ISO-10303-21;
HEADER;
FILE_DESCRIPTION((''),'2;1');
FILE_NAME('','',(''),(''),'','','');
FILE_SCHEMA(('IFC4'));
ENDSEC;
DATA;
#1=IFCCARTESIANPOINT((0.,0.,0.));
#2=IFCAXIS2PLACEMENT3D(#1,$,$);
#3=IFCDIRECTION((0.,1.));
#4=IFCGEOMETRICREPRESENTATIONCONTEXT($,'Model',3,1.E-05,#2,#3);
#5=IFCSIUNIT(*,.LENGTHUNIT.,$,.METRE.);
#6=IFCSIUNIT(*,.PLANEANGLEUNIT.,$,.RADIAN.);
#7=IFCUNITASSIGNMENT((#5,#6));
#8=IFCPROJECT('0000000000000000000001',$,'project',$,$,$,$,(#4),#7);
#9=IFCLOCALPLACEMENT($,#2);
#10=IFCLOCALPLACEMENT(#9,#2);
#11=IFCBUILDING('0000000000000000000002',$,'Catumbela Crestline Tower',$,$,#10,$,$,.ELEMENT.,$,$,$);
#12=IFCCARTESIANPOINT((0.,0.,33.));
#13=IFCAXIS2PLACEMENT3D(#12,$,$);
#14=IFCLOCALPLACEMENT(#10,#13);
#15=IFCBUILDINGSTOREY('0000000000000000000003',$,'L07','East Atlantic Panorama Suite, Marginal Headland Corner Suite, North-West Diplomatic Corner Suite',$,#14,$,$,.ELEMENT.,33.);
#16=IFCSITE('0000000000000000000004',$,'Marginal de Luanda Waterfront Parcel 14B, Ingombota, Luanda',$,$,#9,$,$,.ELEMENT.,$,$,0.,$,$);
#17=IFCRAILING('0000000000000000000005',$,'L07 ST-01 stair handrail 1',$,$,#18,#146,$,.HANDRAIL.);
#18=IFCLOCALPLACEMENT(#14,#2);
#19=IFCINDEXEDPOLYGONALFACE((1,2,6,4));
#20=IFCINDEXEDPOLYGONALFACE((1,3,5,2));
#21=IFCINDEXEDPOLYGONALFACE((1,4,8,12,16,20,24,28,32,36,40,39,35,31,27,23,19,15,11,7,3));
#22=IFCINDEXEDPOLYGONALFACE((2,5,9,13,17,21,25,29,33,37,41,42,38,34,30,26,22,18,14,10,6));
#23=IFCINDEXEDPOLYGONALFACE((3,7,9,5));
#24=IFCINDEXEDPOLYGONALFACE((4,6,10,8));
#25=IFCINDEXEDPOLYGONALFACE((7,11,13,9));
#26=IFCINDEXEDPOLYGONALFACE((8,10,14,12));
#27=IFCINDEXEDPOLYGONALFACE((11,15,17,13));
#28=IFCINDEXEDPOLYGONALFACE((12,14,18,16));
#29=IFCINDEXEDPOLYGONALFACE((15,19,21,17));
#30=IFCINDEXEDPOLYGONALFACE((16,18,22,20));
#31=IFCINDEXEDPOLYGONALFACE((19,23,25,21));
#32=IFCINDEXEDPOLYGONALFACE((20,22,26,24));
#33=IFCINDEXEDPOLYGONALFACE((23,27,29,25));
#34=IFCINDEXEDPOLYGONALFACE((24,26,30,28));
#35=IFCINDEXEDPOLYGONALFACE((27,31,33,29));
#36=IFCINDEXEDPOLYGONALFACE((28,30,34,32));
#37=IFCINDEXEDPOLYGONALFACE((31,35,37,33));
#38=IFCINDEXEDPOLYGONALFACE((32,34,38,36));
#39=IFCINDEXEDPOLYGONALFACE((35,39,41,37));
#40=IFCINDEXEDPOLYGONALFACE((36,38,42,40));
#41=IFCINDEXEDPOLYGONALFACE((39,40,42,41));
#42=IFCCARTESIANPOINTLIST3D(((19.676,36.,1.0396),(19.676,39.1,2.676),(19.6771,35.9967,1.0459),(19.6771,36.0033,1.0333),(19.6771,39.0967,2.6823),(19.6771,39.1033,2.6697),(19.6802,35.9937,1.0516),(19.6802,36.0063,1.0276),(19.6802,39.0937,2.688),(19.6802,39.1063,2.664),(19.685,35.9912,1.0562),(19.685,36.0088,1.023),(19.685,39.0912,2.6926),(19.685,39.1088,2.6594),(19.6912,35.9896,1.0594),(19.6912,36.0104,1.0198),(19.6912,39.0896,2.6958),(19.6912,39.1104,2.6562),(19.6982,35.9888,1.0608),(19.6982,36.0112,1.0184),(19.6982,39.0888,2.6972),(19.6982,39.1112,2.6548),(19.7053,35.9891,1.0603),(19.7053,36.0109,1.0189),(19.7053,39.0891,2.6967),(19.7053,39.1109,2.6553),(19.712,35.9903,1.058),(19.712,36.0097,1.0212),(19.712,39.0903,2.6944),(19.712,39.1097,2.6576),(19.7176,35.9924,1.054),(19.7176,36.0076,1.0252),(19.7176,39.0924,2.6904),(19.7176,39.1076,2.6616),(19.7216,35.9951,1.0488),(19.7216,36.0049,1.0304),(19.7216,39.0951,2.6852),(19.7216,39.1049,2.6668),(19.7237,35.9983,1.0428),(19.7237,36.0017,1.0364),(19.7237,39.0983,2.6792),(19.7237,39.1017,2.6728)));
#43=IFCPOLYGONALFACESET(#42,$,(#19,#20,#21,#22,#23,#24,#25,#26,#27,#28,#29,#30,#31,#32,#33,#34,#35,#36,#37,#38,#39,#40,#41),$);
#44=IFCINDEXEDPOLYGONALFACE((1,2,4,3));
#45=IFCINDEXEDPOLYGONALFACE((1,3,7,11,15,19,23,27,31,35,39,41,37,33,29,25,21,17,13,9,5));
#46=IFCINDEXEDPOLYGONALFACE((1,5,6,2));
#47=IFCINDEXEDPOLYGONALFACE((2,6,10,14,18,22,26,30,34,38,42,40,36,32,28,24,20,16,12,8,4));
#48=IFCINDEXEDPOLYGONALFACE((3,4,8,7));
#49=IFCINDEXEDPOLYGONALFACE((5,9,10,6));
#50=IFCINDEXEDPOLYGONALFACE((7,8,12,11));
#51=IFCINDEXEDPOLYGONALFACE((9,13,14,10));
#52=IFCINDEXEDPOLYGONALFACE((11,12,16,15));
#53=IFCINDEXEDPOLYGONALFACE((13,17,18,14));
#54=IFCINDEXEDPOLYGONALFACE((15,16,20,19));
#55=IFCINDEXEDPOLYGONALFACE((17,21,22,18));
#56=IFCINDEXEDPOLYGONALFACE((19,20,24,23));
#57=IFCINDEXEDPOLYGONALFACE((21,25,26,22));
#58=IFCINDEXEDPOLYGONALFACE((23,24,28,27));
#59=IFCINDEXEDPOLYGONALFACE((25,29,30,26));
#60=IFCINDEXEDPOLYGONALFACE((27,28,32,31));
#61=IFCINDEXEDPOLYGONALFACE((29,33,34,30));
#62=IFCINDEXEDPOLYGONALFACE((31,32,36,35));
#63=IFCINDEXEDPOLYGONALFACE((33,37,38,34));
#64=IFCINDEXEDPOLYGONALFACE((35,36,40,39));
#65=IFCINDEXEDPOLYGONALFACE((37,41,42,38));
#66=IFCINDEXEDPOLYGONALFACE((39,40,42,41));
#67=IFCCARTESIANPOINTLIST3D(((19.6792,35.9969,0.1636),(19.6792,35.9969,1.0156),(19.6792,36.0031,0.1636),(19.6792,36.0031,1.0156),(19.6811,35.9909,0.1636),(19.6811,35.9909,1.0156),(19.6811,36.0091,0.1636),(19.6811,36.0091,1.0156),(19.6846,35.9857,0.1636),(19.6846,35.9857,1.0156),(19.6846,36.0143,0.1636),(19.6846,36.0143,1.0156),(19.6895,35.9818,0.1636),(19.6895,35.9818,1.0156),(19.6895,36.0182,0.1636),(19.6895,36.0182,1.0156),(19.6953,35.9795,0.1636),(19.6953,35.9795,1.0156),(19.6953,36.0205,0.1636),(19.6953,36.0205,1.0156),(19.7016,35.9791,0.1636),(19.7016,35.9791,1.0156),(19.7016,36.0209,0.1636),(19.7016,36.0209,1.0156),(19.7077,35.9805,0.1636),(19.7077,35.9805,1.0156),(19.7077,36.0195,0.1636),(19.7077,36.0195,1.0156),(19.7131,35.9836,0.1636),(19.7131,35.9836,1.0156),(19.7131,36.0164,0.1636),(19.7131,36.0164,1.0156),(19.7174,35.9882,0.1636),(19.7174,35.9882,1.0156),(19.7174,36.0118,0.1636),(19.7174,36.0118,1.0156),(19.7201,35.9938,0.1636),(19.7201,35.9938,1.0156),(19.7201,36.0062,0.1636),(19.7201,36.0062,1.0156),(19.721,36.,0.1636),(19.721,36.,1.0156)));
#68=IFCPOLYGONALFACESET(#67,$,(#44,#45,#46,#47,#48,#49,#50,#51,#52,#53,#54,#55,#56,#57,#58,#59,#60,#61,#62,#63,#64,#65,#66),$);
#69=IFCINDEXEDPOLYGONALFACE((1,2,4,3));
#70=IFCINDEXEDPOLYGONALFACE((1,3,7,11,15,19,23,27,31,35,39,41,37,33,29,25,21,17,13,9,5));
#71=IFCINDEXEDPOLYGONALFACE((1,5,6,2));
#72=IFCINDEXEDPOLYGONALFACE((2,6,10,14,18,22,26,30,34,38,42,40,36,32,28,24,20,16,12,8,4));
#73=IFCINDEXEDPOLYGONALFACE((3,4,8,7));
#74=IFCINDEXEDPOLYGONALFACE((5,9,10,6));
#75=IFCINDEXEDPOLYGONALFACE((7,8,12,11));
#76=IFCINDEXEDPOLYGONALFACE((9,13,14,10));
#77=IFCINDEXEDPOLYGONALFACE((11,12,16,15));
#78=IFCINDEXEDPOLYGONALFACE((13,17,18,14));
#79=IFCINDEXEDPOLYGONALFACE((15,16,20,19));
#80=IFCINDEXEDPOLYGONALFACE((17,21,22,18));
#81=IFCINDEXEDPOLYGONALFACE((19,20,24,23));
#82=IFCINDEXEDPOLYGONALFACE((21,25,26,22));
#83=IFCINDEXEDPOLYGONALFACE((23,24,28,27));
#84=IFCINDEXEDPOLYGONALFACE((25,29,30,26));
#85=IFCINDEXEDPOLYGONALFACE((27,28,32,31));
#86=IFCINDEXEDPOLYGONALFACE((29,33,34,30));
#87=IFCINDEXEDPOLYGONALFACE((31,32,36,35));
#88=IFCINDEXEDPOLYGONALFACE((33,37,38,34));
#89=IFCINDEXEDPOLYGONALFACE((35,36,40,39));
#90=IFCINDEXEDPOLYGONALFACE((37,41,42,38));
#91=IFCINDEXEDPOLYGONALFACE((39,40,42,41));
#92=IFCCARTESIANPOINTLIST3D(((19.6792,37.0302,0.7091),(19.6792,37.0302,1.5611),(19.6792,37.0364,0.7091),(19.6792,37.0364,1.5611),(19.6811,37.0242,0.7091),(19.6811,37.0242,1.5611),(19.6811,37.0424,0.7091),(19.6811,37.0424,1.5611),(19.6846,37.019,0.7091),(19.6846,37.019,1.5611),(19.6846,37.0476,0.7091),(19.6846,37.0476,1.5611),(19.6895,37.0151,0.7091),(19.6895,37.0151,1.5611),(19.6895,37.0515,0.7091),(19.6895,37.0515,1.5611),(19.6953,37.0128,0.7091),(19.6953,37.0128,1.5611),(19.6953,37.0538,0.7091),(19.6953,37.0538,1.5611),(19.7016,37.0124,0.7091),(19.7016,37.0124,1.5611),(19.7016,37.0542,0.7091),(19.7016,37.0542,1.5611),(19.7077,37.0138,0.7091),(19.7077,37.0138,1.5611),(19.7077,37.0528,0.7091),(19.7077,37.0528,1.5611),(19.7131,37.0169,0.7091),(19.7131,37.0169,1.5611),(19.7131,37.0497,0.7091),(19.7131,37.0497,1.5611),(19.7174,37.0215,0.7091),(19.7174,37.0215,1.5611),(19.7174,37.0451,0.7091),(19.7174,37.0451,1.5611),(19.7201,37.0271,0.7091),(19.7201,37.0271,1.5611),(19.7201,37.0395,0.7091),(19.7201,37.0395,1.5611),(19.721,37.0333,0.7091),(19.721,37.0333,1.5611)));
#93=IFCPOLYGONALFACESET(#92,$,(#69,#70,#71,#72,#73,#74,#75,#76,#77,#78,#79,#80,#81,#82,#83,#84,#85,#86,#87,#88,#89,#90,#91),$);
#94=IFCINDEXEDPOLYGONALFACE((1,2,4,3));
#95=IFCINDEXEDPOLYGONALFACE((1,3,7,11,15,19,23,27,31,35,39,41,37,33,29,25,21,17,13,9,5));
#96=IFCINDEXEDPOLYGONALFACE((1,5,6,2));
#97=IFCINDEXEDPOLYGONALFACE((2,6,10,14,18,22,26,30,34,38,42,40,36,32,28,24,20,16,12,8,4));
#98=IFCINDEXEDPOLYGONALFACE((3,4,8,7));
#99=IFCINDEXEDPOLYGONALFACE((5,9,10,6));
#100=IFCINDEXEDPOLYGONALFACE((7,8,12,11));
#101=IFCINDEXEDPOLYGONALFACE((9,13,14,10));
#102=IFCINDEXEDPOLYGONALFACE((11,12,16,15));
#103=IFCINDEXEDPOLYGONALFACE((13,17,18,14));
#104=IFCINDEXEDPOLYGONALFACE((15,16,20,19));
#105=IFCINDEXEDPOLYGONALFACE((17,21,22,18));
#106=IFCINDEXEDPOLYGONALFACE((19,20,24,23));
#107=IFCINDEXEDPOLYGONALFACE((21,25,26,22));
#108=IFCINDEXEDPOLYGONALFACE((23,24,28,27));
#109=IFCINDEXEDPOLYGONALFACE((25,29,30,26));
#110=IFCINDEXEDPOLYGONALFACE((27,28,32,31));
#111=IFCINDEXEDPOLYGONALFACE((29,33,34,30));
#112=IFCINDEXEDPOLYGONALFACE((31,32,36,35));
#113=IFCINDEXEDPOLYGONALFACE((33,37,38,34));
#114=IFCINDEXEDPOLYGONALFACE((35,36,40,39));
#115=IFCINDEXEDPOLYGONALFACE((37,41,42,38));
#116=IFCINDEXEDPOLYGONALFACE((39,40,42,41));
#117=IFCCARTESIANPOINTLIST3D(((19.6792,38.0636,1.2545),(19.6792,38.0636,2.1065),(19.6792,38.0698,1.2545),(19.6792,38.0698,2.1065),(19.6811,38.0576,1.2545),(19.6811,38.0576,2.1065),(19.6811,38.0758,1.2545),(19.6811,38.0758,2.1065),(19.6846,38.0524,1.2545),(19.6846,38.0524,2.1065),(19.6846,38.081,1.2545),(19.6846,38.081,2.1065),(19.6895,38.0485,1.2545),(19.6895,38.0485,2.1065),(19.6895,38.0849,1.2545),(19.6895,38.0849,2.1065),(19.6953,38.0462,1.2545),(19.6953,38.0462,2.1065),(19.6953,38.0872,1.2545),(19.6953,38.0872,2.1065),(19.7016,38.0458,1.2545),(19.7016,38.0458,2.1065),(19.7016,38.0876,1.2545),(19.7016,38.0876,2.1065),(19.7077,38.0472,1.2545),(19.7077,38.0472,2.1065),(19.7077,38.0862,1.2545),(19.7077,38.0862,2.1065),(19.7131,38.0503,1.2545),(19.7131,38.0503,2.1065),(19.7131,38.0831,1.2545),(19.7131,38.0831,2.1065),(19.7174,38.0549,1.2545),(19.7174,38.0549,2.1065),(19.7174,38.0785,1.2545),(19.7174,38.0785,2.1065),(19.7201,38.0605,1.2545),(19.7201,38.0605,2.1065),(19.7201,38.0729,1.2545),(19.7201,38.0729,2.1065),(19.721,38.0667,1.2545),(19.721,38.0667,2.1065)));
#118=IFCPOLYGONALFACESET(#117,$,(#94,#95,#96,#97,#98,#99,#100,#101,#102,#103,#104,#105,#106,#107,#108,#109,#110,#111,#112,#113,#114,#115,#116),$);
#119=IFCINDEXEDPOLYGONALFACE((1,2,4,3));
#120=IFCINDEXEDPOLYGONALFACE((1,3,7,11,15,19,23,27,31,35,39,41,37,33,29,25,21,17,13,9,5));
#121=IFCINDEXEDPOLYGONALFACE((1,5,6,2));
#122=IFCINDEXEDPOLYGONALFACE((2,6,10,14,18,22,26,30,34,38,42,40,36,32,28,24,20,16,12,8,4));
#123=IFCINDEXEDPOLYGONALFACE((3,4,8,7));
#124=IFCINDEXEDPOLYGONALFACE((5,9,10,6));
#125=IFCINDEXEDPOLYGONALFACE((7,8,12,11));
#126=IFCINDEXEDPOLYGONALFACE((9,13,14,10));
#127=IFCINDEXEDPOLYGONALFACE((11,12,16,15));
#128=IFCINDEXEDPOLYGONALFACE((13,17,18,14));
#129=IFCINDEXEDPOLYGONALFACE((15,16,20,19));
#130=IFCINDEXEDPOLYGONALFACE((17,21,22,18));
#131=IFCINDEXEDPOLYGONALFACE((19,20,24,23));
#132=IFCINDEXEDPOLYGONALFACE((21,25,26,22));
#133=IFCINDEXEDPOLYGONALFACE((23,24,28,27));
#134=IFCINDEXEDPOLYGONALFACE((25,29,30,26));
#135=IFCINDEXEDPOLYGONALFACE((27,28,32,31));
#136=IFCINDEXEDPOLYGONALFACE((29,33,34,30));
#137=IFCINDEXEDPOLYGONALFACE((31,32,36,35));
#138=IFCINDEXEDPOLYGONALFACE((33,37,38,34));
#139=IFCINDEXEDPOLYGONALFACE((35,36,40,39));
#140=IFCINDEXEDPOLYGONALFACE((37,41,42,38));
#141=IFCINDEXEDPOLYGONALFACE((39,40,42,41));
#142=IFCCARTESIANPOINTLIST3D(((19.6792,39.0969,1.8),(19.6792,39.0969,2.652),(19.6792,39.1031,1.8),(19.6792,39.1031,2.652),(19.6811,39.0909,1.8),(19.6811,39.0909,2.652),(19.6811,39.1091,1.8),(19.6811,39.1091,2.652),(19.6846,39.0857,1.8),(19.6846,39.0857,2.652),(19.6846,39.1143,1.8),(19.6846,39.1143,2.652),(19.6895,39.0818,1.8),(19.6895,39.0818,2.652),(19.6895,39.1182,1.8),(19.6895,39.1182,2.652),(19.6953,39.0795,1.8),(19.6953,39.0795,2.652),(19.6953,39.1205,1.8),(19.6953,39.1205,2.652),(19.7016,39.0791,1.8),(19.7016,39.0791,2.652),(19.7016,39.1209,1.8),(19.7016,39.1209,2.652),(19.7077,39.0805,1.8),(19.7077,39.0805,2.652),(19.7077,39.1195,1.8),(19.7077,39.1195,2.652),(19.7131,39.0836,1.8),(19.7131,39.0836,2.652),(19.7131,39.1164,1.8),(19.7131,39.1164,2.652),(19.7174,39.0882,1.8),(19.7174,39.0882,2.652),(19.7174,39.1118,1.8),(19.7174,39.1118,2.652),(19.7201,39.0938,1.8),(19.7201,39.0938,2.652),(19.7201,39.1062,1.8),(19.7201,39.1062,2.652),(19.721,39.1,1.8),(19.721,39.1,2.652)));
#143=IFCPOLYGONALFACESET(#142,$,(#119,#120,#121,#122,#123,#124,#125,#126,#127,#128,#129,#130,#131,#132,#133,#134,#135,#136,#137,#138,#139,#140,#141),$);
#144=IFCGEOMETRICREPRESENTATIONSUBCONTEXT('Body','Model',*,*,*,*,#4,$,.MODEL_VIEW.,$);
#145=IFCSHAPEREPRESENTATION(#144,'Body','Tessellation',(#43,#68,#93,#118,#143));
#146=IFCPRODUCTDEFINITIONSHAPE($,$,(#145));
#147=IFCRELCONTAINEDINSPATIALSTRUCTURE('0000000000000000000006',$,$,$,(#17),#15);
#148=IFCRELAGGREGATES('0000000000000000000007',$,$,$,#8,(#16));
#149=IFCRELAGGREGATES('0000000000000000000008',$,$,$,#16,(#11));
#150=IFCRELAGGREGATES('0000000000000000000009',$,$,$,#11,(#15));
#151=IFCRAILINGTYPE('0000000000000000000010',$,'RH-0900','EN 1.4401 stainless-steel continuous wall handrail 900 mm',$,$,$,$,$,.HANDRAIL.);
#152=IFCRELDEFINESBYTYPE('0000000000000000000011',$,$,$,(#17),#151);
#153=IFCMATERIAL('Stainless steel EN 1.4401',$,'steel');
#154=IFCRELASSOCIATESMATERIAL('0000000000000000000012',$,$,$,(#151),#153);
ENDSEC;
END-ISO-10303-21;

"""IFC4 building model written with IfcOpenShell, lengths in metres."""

from ifc_helpers import new_model, si_unit, direction, frame, origin, origin_2d, place, context, subcontext, project, spatial, circle, extrude, material, type_object, element, save


model = new_model("IFC4")

# Units and contexts
model_context = context("Model", 3, precision=1e-05, world=origin(), true_north=direction((0.0, 1.0)))
body_context = subcontext(model_context, "Body", "Model", "MODEL_VIEW")
ifc_project = project(units=[si_unit("LENGTHUNIT", "METRE"), si_unit("PLANEANGLEUNIT", "RADIAN")], contexts=[model_context])

# Site, building, storey
site_placement = place(None, origin())
site = spatial("IfcSite", under=ifc_project, at=site_placement, Name="Marginal de Luanda Waterfront Parcel 14B, Ingombota, Luanda", CompositionType="ELEMENT", RefElevation=0.0)
building_placement = place(site_placement, origin())
building = spatial("IfcBuilding", under=site, at=building_placement, Name="Catumbela Crestline Tower", CompositionType="ELEMENT")
storey_placement = place(building_placement, frame((0.0, 0.0, 33.0)))
storey = spatial("IfcBuildingStorey", under=building, at=storey_placement, Name="L07", Description="East Atlantic Panorama Suite, Marginal Headland Corner Suite, North-West Diplomatic Corner Suite", CompositionType="ELEMENT", Elevation=33.0)

# Shared definitions
ifc_material_1 = material(Name="Stainless steel EN 1.4401", Category="steel")

# Railing
railing_type_1 = type_object("IfcRailingType", Name="RH-0900", Description="EN 1.4401 stainless-steel continuous wall handrail 900 mm", PredefinedType="HANDRAIL", material=ifc_material_1)
railing_1_placement = place(storey_placement, frame((19.7, 36.0, 0.1636)))
element("IfcRailing", 1, at=railing_1_placement, inside=storey, type_object=railing_type_1, Name="L07 ST-01 stair handrail 1", PredefinedType="HANDRAIL", context=body_context, shape_type="SweptSolid", body=[
    extrude(circle(Radius=0.024, at=origin_2d()), frame((0.0, 0.0, 0.876), z_axis=(0.0, 0.884351, 0.466823), x_axis=(-1.0, 0.0, 0.0)), (0.0, 0.0, 1.0), 3.5054),
    extrude(circle(Radius=0.021, at=origin_2d()), origin(), (0.0, 0.0, 1.0), 0.852),
    extrude(circle(Radius=0.021, at=origin_2d()), frame((0.0, 1.0333, 0.5455)), (0.0, 0.0, 1.0), 0.852),
    extrude(circle(Radius=0.021, at=origin_2d()), frame((0.0, 2.0667, 1.0909)), (0.0, 0.0, 1.0), 0.852),
    extrude(circle(Radius=0.021, at=origin_2d()), frame((0.0, 3.1, 1.6364)), (0.0, 0.0, 1.0), 0.852),
])

save(model, "model.ifc")
